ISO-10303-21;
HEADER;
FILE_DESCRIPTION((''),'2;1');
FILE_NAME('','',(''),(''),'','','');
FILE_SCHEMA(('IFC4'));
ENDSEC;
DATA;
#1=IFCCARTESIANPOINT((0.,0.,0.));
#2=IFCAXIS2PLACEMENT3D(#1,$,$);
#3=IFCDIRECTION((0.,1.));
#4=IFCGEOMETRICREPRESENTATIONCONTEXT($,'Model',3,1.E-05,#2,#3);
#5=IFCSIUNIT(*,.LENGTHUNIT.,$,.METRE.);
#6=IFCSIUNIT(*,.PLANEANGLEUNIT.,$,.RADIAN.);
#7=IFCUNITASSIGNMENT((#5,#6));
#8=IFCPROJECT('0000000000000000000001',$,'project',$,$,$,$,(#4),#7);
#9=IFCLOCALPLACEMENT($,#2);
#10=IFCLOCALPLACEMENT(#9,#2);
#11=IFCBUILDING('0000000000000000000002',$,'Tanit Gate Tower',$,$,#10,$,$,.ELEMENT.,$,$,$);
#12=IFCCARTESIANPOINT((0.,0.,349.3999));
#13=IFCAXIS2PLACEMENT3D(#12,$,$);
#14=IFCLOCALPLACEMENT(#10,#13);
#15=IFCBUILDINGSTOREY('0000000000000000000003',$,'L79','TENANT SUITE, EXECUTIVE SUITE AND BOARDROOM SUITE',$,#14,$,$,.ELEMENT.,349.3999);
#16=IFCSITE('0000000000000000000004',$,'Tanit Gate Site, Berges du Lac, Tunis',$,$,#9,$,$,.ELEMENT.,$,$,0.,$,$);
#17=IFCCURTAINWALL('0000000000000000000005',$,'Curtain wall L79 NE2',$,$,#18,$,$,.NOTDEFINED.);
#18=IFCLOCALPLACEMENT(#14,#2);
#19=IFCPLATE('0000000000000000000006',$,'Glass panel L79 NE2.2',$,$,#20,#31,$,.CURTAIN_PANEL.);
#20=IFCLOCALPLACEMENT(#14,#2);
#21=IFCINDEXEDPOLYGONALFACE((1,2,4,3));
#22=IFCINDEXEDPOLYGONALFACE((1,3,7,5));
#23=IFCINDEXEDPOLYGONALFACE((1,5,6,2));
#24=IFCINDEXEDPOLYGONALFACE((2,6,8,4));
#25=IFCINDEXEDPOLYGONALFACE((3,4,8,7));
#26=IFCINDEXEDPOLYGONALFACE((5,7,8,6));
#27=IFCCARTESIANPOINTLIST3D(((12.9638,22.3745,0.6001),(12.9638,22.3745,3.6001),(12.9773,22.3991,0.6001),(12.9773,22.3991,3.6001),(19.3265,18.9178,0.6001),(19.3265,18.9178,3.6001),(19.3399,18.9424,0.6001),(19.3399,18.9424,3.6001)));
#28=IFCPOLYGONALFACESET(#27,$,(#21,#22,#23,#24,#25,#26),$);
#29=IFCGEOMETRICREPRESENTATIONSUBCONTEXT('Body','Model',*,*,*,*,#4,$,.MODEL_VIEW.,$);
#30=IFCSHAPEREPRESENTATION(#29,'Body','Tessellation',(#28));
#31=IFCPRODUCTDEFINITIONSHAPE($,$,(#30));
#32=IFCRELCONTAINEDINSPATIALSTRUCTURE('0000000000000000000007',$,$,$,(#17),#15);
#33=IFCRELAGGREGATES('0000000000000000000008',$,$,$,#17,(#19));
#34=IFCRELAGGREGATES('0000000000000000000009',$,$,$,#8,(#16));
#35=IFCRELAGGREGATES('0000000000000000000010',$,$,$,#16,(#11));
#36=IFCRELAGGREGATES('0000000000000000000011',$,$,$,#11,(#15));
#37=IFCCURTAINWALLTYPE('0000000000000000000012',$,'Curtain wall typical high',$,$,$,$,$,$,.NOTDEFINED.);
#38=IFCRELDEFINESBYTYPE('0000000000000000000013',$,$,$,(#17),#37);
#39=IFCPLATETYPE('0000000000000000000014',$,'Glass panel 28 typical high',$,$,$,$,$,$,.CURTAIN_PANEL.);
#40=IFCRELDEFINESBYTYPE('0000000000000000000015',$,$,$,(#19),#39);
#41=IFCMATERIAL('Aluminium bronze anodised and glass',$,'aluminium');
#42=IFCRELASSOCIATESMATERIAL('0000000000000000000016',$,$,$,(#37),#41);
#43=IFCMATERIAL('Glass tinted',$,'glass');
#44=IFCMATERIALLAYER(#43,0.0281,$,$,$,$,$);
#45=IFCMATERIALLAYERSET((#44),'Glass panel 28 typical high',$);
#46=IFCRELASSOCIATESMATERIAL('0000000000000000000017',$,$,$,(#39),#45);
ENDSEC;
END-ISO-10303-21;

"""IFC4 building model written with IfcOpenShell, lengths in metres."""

from ifc_helpers import new_model, si_unit, direction, frame, origin, origin_2d, place, context, subcontext, project, spatial, rectangle, extrude, material, layer, layer_set, type_object, element, aggregate, save


model = new_model("IFC4")

# Units and contexts
model_context = context("Model", 3, precision=1e-05, world=origin(), true_north=direction((0.0, 1.0)))
body_context = subcontext(model_context, "Body", "Model", "MODEL_VIEW")
ifc_project = project(units=[si_unit("LENGTHUNIT", "METRE"), si_unit("PLANEANGLEUNIT", "RADIAN")], contexts=[model_context])

# Site, building, storey
site_placement = place(None, origin())
site = spatial("IfcSite", under=ifc_project, at=site_placement, Name="Tanit Gate Site, Berges du Lac, Tunis", CompositionType="ELEMENT", RefElevation=0.0)
building_placement = place(site_placement, origin())
building = spatial("IfcBuilding", under=site, at=building_placement, Name="Tanit Gate Tower", CompositionType="ELEMENT")
storey_placement = place(building_placement, frame((0.0, 0.0, 349.3999)))
storey = spatial("IfcBuildingStorey", under=building, at=storey_placement, Name="L79", Description="TENANT SUITE, EXECUTIVE SUITE AND BOARDROOM SUITE", CompositionType="ELEMENT", Elevation=349.3999)

# Shared definitions
ifc_material_1 = material(Name="Aluminium bronze anodised and glass", Category="aluminium")
curtain_wall_type = type_object("IfcCurtainWallType", Name="Curtain wall typical high", PredefinedType="NOTDEFINED", material=ifc_material_1)

# Curtain wall
curtain_wall_1_placement = place(storey_placement, origin())
curtain_wall_1 = element("IfcCurtainWall", 1, at=curtain_wall_1_placement, inside=storey, type_object=curtain_wall_type, Name="Curtain wall L79 NE2", PredefinedType="NOTDEFINED")

# Plate
ifc_material_2 = material(Name="Glass tinted", Category="glass")
ifc_layer = layer(ifc_material_2, 0.0281)
ifc_layer_set = layer_set([ifc_layer], Name="Glass panel 28 typical high")
plate_type = type_object("IfcPlateType", Name="Glass panel 28 typical high", PredefinedType="CURTAIN_PANEL", material=ifc_layer_set)
plate_1_placement = place(storey_placement, frame((16.1519, 20.6584, 0.6001), z_axis=(0.0, 0.0, 1.0), x_axis=(-0.878696, 0.477381, 0.0)))
plate_1 = element("IfcPlate", 2, at=plate_1_placement, type_object=plate_type, Name="Glass panel L79 NE2.2", PredefinedType="CURTAIN_PANEL", context=body_context, shape_type="SweptSolid", body=[
    extrude(rectangle(XDim=7.241, YDim=0.0281, at=origin_2d()), origin(), (0.0, 0.0, 1.0), 3.0),
])
aggregate(curtain_wall_1, [plate_1])

save(model, "model.ifc")
